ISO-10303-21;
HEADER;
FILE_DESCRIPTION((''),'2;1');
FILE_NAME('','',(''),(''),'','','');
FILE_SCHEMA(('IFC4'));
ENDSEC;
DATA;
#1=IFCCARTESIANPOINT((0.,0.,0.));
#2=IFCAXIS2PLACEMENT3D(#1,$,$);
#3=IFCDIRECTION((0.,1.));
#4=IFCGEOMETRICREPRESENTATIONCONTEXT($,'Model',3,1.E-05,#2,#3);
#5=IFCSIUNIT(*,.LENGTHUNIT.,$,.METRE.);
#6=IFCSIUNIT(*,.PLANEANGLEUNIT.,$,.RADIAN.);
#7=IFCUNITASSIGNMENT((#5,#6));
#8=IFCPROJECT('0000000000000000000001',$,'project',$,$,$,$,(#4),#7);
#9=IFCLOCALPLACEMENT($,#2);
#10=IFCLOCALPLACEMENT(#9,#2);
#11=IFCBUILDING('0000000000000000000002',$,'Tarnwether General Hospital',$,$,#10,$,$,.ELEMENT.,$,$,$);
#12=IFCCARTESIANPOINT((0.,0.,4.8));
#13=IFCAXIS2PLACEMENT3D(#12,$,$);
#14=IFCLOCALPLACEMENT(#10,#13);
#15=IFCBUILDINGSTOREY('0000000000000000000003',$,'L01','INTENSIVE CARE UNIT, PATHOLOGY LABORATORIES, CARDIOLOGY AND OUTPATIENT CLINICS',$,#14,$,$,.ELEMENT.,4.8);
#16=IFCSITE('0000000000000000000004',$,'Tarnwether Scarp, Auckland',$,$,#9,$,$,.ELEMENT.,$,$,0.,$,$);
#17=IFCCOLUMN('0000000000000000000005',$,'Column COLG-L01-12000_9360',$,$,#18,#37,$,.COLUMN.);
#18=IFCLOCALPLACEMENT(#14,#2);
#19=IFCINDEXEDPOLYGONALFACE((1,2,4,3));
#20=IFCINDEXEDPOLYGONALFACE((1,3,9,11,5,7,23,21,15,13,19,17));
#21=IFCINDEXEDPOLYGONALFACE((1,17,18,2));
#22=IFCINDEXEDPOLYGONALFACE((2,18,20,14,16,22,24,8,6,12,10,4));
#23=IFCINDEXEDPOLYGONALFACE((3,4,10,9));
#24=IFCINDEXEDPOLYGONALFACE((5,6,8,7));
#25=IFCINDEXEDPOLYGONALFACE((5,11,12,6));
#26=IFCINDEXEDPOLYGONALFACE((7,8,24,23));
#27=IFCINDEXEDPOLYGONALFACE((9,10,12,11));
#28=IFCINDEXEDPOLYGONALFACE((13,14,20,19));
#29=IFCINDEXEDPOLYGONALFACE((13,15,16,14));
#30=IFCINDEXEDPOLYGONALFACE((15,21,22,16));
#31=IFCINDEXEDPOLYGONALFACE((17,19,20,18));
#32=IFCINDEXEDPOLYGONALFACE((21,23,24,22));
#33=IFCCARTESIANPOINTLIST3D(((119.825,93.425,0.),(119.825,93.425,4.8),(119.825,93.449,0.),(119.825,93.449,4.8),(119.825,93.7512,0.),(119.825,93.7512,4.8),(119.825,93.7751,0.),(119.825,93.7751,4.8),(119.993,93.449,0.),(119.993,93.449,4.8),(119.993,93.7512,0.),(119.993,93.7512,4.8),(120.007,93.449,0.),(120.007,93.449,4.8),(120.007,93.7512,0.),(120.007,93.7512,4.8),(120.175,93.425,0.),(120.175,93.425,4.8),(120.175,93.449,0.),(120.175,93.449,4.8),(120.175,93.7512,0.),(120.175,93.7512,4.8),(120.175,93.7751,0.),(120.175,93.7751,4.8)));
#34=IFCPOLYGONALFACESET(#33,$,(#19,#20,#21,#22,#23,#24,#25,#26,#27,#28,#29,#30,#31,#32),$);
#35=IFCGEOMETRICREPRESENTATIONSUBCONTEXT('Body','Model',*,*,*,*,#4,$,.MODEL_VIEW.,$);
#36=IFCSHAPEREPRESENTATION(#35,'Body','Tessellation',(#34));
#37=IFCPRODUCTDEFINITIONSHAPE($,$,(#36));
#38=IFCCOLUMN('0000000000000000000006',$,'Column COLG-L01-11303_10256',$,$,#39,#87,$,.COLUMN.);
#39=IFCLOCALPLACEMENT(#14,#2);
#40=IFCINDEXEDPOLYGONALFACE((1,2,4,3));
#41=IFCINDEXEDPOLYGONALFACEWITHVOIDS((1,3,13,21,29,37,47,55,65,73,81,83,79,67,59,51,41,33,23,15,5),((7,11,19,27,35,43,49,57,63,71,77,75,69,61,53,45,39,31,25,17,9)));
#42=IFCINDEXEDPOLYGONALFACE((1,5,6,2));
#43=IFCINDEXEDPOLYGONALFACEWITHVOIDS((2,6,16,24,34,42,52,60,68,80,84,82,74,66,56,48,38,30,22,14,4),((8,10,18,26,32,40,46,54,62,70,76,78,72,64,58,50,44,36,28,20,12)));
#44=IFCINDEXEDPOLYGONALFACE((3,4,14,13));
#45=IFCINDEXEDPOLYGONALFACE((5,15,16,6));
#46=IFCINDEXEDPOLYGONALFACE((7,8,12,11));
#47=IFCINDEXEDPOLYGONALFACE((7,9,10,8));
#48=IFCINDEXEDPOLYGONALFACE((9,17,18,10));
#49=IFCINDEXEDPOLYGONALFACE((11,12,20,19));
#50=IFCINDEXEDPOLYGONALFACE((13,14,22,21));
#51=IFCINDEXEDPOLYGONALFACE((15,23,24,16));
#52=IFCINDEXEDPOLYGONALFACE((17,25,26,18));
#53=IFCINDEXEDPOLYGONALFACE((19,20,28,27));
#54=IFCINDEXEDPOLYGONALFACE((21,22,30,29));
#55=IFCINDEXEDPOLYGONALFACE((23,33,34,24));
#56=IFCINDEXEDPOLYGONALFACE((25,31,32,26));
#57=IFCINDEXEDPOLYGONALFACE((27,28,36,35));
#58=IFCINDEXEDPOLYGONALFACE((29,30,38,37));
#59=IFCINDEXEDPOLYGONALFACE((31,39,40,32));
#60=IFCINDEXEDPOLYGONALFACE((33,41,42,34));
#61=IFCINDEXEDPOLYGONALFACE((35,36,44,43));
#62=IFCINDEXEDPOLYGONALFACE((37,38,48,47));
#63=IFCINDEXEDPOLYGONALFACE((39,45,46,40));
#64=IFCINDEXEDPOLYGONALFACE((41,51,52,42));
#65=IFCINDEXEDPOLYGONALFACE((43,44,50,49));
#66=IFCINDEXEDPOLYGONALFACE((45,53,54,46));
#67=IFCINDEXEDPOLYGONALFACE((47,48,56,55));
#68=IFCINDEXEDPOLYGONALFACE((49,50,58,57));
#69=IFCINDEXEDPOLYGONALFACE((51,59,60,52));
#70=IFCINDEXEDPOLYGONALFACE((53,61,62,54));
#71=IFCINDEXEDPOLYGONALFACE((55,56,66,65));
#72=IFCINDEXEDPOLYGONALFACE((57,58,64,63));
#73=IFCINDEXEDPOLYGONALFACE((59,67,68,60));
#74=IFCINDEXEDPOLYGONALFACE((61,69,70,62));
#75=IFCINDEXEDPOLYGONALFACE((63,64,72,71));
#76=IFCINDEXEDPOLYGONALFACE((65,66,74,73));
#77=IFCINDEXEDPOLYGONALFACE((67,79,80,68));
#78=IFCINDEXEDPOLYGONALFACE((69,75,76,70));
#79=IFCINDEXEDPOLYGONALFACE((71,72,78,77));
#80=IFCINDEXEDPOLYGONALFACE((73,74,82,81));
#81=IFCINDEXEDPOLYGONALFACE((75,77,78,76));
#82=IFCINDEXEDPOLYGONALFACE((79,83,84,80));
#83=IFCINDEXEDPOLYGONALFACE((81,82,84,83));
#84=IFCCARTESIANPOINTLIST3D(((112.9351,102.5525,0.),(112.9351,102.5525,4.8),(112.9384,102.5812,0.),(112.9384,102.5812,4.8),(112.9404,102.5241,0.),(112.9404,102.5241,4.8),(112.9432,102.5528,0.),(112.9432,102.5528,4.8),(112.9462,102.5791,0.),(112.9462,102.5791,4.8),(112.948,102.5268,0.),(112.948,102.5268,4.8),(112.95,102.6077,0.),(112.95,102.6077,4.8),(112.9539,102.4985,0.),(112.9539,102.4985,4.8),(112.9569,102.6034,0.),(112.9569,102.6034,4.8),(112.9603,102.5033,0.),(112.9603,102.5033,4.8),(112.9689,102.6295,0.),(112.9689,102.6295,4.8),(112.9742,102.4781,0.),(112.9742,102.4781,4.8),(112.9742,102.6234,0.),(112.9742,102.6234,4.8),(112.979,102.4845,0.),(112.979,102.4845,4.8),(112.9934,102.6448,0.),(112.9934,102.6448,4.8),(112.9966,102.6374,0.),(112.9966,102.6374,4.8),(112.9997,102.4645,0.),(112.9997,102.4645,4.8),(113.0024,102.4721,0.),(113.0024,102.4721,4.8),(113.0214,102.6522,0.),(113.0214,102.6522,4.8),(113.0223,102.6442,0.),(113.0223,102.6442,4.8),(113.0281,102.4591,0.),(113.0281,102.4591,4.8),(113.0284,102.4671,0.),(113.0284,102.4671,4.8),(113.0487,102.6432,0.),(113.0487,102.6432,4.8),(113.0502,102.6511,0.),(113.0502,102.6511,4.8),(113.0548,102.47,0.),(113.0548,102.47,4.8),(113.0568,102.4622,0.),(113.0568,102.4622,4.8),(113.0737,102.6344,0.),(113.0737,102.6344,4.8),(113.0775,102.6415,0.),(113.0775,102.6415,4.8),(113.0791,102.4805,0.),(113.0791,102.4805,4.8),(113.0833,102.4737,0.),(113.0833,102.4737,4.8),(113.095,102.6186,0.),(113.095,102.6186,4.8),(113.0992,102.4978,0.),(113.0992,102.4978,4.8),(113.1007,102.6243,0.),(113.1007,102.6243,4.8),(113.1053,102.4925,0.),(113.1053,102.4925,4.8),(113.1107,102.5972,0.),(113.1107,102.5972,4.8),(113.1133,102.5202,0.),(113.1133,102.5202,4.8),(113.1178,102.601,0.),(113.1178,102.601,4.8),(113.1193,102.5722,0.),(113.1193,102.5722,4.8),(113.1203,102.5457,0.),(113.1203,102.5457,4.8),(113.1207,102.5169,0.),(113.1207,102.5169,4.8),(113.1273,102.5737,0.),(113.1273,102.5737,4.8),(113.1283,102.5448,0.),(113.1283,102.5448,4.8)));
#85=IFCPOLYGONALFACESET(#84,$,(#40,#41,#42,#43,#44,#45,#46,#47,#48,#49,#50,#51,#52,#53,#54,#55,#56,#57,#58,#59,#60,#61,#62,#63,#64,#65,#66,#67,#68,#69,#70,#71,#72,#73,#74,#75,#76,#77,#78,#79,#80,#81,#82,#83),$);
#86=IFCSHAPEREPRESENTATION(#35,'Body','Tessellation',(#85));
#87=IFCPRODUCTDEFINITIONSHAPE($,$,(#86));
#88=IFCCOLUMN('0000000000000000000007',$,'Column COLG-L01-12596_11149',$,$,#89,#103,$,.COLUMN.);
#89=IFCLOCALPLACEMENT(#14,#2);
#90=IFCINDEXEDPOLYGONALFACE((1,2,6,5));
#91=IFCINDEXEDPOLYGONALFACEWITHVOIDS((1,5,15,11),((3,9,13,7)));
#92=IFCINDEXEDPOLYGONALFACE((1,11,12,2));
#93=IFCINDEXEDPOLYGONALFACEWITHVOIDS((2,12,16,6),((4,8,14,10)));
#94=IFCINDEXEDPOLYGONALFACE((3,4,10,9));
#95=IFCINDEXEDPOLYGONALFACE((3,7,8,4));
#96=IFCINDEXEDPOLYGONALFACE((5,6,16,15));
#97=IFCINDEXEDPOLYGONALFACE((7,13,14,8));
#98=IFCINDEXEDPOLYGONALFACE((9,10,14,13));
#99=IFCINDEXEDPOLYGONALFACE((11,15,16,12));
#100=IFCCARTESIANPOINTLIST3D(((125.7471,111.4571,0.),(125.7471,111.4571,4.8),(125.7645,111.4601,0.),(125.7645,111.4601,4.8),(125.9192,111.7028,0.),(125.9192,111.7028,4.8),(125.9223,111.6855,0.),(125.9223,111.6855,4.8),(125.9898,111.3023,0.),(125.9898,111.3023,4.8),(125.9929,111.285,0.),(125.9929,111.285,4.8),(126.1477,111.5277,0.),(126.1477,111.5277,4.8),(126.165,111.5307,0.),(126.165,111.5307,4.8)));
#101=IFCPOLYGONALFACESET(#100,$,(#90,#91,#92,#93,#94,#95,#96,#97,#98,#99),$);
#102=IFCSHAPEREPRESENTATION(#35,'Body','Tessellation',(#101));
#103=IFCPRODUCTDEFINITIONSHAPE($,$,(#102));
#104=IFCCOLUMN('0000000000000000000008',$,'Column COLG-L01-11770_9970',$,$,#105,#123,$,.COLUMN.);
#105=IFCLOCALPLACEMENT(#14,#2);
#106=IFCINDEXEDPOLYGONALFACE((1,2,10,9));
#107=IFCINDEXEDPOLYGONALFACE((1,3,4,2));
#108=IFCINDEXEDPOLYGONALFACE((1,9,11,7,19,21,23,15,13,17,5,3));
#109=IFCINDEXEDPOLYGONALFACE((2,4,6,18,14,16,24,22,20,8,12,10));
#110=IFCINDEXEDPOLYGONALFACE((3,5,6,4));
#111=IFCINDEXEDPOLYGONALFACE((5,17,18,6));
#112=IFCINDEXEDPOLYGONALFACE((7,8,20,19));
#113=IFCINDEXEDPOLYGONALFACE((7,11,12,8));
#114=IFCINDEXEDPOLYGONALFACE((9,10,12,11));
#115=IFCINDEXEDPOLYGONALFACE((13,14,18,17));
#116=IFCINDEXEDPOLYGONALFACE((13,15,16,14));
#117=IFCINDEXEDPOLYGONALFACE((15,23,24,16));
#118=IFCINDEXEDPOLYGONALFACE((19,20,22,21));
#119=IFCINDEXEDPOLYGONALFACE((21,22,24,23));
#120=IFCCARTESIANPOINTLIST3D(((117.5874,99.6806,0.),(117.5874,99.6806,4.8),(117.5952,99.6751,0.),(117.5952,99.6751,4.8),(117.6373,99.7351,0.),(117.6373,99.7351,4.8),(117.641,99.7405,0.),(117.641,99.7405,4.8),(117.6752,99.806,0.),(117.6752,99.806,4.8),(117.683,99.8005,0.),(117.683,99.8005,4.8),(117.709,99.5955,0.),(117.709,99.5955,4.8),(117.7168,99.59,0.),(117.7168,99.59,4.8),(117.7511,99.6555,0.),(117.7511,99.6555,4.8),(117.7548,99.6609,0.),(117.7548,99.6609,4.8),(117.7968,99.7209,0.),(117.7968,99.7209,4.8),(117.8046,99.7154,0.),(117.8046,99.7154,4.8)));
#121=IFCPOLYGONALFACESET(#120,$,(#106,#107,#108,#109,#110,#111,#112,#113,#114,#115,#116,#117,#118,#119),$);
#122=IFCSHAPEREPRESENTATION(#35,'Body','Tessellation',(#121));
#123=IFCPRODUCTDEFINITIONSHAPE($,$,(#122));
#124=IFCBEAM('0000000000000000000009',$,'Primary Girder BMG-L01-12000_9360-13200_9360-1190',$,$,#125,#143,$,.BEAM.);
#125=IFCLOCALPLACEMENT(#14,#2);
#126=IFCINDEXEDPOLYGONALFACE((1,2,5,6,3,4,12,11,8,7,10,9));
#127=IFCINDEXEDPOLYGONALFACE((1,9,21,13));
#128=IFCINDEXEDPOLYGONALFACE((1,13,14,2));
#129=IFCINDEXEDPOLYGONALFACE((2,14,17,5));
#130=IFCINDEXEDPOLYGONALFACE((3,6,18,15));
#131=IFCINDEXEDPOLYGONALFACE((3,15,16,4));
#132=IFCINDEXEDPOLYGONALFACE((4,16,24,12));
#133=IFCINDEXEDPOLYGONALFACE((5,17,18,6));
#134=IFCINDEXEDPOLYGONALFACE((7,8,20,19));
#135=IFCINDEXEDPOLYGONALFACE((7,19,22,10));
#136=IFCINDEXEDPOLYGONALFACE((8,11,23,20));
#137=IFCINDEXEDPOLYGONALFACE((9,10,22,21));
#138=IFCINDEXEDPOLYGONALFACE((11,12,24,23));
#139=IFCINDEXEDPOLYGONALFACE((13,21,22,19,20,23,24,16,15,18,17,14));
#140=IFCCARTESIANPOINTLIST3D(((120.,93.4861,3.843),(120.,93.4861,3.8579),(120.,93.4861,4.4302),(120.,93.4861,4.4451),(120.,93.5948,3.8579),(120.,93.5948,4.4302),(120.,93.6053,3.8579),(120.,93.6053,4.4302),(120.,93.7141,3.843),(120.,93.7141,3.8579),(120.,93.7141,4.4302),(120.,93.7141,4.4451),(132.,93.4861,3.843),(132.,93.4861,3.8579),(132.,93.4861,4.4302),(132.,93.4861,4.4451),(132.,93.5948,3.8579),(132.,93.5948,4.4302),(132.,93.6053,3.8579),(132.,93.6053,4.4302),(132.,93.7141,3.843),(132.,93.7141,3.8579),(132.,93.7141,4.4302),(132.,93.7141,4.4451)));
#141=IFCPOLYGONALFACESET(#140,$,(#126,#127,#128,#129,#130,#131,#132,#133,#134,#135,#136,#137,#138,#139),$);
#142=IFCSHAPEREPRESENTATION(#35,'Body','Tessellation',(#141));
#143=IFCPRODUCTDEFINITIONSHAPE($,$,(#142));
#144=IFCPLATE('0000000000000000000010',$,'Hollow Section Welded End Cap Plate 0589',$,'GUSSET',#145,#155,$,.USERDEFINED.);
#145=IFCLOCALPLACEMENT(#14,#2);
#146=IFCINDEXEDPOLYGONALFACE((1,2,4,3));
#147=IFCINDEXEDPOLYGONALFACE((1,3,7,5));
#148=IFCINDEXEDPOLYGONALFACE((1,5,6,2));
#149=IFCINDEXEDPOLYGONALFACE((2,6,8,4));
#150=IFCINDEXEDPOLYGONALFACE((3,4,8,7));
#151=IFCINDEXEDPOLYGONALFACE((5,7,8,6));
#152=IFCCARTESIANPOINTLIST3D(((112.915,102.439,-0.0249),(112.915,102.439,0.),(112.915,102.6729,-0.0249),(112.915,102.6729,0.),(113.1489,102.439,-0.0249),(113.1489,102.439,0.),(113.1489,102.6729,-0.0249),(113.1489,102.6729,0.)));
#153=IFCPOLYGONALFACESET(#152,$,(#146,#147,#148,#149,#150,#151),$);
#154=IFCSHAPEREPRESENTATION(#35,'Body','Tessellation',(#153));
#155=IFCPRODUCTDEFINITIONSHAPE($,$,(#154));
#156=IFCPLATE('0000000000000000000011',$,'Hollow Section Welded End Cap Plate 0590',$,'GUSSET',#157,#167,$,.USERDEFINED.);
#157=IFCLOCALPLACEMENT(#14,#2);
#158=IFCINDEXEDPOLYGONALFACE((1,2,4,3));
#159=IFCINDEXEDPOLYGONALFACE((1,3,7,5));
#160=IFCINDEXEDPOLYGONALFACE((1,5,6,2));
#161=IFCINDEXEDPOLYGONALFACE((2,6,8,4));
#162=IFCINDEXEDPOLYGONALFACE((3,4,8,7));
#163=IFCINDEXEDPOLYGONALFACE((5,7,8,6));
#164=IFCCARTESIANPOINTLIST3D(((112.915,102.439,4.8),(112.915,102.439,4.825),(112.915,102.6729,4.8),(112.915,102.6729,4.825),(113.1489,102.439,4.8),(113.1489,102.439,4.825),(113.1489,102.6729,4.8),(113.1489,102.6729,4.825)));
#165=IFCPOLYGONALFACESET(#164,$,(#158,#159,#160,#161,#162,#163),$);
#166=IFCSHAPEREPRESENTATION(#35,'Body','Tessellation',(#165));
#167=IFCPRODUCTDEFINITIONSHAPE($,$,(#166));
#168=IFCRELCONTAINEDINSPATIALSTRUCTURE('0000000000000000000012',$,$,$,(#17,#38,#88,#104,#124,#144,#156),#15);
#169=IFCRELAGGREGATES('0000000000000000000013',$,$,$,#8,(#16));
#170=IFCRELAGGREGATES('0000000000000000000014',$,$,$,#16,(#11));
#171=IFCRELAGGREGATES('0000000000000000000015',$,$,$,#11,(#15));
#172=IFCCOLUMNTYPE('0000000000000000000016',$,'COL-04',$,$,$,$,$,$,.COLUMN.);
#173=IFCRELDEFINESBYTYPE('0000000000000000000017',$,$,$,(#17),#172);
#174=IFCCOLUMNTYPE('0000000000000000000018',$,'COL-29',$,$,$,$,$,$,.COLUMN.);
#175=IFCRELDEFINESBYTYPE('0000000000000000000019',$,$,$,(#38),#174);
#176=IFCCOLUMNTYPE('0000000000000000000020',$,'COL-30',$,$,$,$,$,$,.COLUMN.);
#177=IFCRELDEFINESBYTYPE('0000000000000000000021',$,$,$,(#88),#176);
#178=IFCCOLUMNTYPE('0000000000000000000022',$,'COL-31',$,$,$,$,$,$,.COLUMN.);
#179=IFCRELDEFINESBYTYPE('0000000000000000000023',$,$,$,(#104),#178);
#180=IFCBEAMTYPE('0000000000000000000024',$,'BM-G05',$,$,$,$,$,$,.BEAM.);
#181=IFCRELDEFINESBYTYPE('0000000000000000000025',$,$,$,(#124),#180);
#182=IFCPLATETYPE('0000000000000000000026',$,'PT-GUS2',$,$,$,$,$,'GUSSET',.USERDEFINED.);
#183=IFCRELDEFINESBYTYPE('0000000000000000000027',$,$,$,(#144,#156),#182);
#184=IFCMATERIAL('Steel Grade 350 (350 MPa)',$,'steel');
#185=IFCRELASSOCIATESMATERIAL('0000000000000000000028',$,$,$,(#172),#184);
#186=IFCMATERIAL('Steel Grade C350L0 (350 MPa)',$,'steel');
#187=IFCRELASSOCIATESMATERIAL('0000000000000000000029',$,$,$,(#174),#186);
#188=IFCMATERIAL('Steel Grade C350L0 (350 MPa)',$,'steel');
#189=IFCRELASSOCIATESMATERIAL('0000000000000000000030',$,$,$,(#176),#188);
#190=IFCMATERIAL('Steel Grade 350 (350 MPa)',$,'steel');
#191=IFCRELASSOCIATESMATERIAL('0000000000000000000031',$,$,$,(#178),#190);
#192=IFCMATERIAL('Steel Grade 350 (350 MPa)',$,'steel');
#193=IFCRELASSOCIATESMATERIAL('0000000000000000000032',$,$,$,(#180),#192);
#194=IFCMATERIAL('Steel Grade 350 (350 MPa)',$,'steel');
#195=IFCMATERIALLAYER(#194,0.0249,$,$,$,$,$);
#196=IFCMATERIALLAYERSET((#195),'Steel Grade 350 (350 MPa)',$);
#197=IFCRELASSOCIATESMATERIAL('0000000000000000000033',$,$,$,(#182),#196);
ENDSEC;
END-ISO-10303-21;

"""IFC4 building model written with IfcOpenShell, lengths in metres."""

from ifc_helpers import new_model, si_unit, direction, frame, origin, origin_2d, place, context, subcontext, project, spatial, rectangle, hollow_rectangle, hollow_circle, i_section, extrude, material, layer, layer_set, material_profile, profile_set, type_object, element, save


model = new_model("IFC4")

# Units and contexts
model_context = context("Model", 3, precision=1e-05, world=origin(), true_north=direction((0.0, 1.0)))
body_context = subcontext(model_context, "Body", "Model", "MODEL_VIEW")
ifc_project = project(units=[si_unit("LENGTHUNIT", "METRE"), si_unit("PLANEANGLEUNIT", "RADIAN")], contexts=[model_context])

# Site, building, storey
site_placement = place(None, origin())
site = spatial("IfcSite", under=ifc_project, at=site_placement, Name="Tarnwether Scarp, Auckland", CompositionType="ELEMENT", RefElevation=0.0)
building_placement = place(site_placement, origin())
building = spatial("IfcBuilding", under=site, at=building_placement, Name="Tarnwether General Hospital", CompositionType="ELEMENT")
storey_placement = place(building_placement, frame((0.0, 0.0, 4.8)))
storey = spatial("IfcBuildingStorey", under=building, at=storey_placement, Name="L01", Description="INTENSIVE CARE UNIT, PATHOLOGY LABORATORIES, CARDIOLOGY AND OUTPATIENT CLINICS", CompositionType="ELEMENT", Elevation=4.8)

# Columns
ifc_material_1 = material(Name="Steel Grade 350 (350 MPa)", Category="steel")
ifc_material_profile_1 = material_profile(ifc_material_1, i_section(OverallWidth=0.3501, OverallDepth=0.3501, WebThickness=0.0139, FlangeThickness=0.0239, at=origin_2d()), Name="350WC197")
ifc_profile_set_1 = profile_set([ifc_material_profile_1], Name="Steel Grade 350 (350 MPa)")
column_type_1 = type_object("IfcColumnType", Name="COL-04", PredefinedType="COLUMN", material=ifc_profile_set_1)
column_1_placement = place(storey_placement, frame((120.0, 93.6001, 0.0), z_axis=(0.0, 0.0, 1.0), x_axis=(1.0, 0.0, 0.0)))
element("IfcColumn", 1, at=column_1_placement, inside=storey, type_object=column_type_1, Name="Column COLG-L01-12000_9360", PredefinedType="COLUMN", context=body_context, shape_type="SweptSolid", body=[
    extrude(i_section(OverallWidth=0.3501, OverallDepth=0.3501, WebThickness=0.0139, FlangeThickness=0.0239, at=origin_2d()), origin(), (0.0, 0.0, 1.0), 4.8),
])
ifc_material_2 = material(Name="Steel Grade C350L0 (350 MPa)", Category="steel")
ifc_material_profile_2 = material_profile(ifc_material_2, hollow_circle(Radius=0.0969, WallThickness=0.0081, at=origin_2d()), Name="CHS193.7x8.0")
ifc_profile_set_2 = profile_set([ifc_material_profile_2], Name="Steel Grade C350L0 (350 MPa)")
column_type_2 = type_object("IfcColumnType", Name="COL-29", PredefinedType="COLUMN", material=ifc_profile_set_2)
column_2_placement = place(storey_placement, frame((113.032, 102.5559, 0.0), z_axis=(0.0, 0.0, 1.0), x_axis=(0.469472, 0.882948, 0.0)))
element("IfcColumn", 2, at=column_2_placement, inside=storey, type_object=column_type_2, Name="Column COLG-L01-11303_10256", PredefinedType="COLUMN", context=body_context, shape_type="SweptSolid", body=[
    extrude(hollow_circle(Radius=0.0969, WallThickness=0.0081, at=origin_2d()), origin(), (0.0, 0.0, 1.0), 4.8),
])
ifc_material_3 = material(Name="Steel Grade C350L0 (350 MPa)", Category="steel")
ifc_material_profile_3 = material_profile(ifc_material_3, hollow_rectangle(XDim=0.3, YDim=0.3, WallThickness=0.0125, at=origin_2d()), Name="SHS300x300x12.5")
ifc_profile_set_3 = profile_set([ifc_material_profile_3], Name="Steel Grade C350L0 (350 MPa)")
column_type_3 = type_object("IfcColumnType", Name="COL-30", PredefinedType="COLUMN", material=ifc_profile_set_3)
column_3_placement = place(storey_placement, frame((125.9561, 111.4939, 0.0), z_axis=(0.0, 0.0, 1.0), x_axis=(0.573576, 0.819152, 0.0)))
element("IfcColumn", 3, at=column_3_placement, inside=storey, type_object=column_type_3, Name="Column COLG-L01-12596_11149", PredefinedType="COLUMN", context=body_context, shape_type="SweptSolid", body=[
    extrude(hollow_rectangle(XDim=0.3, YDim=0.3, WallThickness=0.0125, at=origin_2d()), origin(), (0.0, 0.0, 1.0), 4.8),
])
ifc_material_4 = material(Name="Steel Grade 350 (350 MPa)", Category="steel")
ifc_material_profile_4 = material_profile(ifc_material_4, i_section(OverallWidth=0.1531, OverallDepth=0.158, WebThickness=0.0066, FlangeThickness=0.0095, at=origin_2d()), Name="150UC30.0")
ifc_profile_set_4 = profile_set([ifc_material_profile_4], Name="Steel Grade 350 (350 MPa)")
column_type_4 = type_object("IfcColumnType", Name="COL-31", PredefinedType="COLUMN", material=ifc_profile_set_4)
column_4_placement = place(storey_placement, frame((117.696, 99.698, 0.0), z_axis=(0.0, 0.0, 1.0), x_axis=(0.573576, 0.819152, 0.0)))
element("IfcColumn", 4, at=column_4_placement, inside=storey, type_object=column_type_4, Name="Column COLG-L01-11770_9970", PredefinedType="COLUMN", context=body_context, shape_type="SweptSolid", body=[
    extrude(i_section(OverallWidth=0.1531, OverallDepth=0.158, WebThickness=0.0066, FlangeThickness=0.0095, at=origin_2d()), origin(), (0.0, 0.0, 1.0), 4.8),
])

# Beam
ifc_material_5 = material(Name="Steel Grade 350 (350 MPa)", Category="steel")
ifc_material_profile_5 = material_profile(ifc_material_5, i_section(OverallWidth=0.228, OverallDepth=0.6021, WebThickness=0.0105, FlangeThickness=0.0149, at=origin_2d()), Name="610UB101")
ifc_profile_set_5 = profile_set([ifc_material_profile_5], Name="Steel Grade 350 (350 MPa)")
beam_type = type_object("IfcBeamType", Name="BM-G05", PredefinedType="BEAM", material=ifc_profile_set_5)
beam_placement = place(storey_placement, frame((120.0, 93.6001, 4.144), z_axis=(1.0, 0.0, 0.0), x_axis=(0.0, 1.0, 0.0)))
element("IfcBeam", 5, at=beam_placement, inside=storey, type_object=beam_type, Name="Primary Girder BMG-L01-12000_9360-13200_9360-1190", PredefinedType="BEAM", context=body_context, shape_type="SweptSolid", body=[
    extrude(i_section(OverallWidth=0.228, OverallDepth=0.6021, WebThickness=0.0105, FlangeThickness=0.0149, at=origin_2d()), origin(), (0.0, 0.0, 1.0), 12.0),
])

# Plates
ifc_material_6 = material(Name="Steel Grade 350 (350 MPa)", Category="steel")
ifc_layer_1 = layer(ifc_material_6, 0.0249)
ifc_layer_set_1 = layer_set([ifc_layer_1], Name="Steel Grade 350 (350 MPa)")
plate_type = type_object("IfcPlateType", Name="PT-GUS2", ElementType="GUSSET", PredefinedType="USERDEFINED", material=ifc_layer_set_1)
for number, where, z_axis, x_axis, name in (
    (6, (113.032, 102.5559, -0.0249), (0.0, 0.0, 1.0), (1.0, 0.0, 0.0), "Hollow Section Welded End Cap Plate 0589"),
    (7, (113.032, 102.5559, 4.8), (0.0, 0.0, 1.0), (1.0, 0.0, 0.0), "Hollow Section Welded End Cap Plate 0590"),
):
    element("IfcPlate", number, at=place(storey_placement, frame(where, z_axis=z_axis, x_axis=x_axis)), inside=storey, type_object=plate_type, Name=name, ObjectType="GUSSET", PredefinedType="USERDEFINED", context=body_context, shape_type="SweptSolid", body=[
        extrude(rectangle(XDim=0.2339, YDim=0.2339, at=origin_2d()), origin(), (0.0, 0.0, 1.0), 0.0249),
    ])

save(model, "model.ifc")
